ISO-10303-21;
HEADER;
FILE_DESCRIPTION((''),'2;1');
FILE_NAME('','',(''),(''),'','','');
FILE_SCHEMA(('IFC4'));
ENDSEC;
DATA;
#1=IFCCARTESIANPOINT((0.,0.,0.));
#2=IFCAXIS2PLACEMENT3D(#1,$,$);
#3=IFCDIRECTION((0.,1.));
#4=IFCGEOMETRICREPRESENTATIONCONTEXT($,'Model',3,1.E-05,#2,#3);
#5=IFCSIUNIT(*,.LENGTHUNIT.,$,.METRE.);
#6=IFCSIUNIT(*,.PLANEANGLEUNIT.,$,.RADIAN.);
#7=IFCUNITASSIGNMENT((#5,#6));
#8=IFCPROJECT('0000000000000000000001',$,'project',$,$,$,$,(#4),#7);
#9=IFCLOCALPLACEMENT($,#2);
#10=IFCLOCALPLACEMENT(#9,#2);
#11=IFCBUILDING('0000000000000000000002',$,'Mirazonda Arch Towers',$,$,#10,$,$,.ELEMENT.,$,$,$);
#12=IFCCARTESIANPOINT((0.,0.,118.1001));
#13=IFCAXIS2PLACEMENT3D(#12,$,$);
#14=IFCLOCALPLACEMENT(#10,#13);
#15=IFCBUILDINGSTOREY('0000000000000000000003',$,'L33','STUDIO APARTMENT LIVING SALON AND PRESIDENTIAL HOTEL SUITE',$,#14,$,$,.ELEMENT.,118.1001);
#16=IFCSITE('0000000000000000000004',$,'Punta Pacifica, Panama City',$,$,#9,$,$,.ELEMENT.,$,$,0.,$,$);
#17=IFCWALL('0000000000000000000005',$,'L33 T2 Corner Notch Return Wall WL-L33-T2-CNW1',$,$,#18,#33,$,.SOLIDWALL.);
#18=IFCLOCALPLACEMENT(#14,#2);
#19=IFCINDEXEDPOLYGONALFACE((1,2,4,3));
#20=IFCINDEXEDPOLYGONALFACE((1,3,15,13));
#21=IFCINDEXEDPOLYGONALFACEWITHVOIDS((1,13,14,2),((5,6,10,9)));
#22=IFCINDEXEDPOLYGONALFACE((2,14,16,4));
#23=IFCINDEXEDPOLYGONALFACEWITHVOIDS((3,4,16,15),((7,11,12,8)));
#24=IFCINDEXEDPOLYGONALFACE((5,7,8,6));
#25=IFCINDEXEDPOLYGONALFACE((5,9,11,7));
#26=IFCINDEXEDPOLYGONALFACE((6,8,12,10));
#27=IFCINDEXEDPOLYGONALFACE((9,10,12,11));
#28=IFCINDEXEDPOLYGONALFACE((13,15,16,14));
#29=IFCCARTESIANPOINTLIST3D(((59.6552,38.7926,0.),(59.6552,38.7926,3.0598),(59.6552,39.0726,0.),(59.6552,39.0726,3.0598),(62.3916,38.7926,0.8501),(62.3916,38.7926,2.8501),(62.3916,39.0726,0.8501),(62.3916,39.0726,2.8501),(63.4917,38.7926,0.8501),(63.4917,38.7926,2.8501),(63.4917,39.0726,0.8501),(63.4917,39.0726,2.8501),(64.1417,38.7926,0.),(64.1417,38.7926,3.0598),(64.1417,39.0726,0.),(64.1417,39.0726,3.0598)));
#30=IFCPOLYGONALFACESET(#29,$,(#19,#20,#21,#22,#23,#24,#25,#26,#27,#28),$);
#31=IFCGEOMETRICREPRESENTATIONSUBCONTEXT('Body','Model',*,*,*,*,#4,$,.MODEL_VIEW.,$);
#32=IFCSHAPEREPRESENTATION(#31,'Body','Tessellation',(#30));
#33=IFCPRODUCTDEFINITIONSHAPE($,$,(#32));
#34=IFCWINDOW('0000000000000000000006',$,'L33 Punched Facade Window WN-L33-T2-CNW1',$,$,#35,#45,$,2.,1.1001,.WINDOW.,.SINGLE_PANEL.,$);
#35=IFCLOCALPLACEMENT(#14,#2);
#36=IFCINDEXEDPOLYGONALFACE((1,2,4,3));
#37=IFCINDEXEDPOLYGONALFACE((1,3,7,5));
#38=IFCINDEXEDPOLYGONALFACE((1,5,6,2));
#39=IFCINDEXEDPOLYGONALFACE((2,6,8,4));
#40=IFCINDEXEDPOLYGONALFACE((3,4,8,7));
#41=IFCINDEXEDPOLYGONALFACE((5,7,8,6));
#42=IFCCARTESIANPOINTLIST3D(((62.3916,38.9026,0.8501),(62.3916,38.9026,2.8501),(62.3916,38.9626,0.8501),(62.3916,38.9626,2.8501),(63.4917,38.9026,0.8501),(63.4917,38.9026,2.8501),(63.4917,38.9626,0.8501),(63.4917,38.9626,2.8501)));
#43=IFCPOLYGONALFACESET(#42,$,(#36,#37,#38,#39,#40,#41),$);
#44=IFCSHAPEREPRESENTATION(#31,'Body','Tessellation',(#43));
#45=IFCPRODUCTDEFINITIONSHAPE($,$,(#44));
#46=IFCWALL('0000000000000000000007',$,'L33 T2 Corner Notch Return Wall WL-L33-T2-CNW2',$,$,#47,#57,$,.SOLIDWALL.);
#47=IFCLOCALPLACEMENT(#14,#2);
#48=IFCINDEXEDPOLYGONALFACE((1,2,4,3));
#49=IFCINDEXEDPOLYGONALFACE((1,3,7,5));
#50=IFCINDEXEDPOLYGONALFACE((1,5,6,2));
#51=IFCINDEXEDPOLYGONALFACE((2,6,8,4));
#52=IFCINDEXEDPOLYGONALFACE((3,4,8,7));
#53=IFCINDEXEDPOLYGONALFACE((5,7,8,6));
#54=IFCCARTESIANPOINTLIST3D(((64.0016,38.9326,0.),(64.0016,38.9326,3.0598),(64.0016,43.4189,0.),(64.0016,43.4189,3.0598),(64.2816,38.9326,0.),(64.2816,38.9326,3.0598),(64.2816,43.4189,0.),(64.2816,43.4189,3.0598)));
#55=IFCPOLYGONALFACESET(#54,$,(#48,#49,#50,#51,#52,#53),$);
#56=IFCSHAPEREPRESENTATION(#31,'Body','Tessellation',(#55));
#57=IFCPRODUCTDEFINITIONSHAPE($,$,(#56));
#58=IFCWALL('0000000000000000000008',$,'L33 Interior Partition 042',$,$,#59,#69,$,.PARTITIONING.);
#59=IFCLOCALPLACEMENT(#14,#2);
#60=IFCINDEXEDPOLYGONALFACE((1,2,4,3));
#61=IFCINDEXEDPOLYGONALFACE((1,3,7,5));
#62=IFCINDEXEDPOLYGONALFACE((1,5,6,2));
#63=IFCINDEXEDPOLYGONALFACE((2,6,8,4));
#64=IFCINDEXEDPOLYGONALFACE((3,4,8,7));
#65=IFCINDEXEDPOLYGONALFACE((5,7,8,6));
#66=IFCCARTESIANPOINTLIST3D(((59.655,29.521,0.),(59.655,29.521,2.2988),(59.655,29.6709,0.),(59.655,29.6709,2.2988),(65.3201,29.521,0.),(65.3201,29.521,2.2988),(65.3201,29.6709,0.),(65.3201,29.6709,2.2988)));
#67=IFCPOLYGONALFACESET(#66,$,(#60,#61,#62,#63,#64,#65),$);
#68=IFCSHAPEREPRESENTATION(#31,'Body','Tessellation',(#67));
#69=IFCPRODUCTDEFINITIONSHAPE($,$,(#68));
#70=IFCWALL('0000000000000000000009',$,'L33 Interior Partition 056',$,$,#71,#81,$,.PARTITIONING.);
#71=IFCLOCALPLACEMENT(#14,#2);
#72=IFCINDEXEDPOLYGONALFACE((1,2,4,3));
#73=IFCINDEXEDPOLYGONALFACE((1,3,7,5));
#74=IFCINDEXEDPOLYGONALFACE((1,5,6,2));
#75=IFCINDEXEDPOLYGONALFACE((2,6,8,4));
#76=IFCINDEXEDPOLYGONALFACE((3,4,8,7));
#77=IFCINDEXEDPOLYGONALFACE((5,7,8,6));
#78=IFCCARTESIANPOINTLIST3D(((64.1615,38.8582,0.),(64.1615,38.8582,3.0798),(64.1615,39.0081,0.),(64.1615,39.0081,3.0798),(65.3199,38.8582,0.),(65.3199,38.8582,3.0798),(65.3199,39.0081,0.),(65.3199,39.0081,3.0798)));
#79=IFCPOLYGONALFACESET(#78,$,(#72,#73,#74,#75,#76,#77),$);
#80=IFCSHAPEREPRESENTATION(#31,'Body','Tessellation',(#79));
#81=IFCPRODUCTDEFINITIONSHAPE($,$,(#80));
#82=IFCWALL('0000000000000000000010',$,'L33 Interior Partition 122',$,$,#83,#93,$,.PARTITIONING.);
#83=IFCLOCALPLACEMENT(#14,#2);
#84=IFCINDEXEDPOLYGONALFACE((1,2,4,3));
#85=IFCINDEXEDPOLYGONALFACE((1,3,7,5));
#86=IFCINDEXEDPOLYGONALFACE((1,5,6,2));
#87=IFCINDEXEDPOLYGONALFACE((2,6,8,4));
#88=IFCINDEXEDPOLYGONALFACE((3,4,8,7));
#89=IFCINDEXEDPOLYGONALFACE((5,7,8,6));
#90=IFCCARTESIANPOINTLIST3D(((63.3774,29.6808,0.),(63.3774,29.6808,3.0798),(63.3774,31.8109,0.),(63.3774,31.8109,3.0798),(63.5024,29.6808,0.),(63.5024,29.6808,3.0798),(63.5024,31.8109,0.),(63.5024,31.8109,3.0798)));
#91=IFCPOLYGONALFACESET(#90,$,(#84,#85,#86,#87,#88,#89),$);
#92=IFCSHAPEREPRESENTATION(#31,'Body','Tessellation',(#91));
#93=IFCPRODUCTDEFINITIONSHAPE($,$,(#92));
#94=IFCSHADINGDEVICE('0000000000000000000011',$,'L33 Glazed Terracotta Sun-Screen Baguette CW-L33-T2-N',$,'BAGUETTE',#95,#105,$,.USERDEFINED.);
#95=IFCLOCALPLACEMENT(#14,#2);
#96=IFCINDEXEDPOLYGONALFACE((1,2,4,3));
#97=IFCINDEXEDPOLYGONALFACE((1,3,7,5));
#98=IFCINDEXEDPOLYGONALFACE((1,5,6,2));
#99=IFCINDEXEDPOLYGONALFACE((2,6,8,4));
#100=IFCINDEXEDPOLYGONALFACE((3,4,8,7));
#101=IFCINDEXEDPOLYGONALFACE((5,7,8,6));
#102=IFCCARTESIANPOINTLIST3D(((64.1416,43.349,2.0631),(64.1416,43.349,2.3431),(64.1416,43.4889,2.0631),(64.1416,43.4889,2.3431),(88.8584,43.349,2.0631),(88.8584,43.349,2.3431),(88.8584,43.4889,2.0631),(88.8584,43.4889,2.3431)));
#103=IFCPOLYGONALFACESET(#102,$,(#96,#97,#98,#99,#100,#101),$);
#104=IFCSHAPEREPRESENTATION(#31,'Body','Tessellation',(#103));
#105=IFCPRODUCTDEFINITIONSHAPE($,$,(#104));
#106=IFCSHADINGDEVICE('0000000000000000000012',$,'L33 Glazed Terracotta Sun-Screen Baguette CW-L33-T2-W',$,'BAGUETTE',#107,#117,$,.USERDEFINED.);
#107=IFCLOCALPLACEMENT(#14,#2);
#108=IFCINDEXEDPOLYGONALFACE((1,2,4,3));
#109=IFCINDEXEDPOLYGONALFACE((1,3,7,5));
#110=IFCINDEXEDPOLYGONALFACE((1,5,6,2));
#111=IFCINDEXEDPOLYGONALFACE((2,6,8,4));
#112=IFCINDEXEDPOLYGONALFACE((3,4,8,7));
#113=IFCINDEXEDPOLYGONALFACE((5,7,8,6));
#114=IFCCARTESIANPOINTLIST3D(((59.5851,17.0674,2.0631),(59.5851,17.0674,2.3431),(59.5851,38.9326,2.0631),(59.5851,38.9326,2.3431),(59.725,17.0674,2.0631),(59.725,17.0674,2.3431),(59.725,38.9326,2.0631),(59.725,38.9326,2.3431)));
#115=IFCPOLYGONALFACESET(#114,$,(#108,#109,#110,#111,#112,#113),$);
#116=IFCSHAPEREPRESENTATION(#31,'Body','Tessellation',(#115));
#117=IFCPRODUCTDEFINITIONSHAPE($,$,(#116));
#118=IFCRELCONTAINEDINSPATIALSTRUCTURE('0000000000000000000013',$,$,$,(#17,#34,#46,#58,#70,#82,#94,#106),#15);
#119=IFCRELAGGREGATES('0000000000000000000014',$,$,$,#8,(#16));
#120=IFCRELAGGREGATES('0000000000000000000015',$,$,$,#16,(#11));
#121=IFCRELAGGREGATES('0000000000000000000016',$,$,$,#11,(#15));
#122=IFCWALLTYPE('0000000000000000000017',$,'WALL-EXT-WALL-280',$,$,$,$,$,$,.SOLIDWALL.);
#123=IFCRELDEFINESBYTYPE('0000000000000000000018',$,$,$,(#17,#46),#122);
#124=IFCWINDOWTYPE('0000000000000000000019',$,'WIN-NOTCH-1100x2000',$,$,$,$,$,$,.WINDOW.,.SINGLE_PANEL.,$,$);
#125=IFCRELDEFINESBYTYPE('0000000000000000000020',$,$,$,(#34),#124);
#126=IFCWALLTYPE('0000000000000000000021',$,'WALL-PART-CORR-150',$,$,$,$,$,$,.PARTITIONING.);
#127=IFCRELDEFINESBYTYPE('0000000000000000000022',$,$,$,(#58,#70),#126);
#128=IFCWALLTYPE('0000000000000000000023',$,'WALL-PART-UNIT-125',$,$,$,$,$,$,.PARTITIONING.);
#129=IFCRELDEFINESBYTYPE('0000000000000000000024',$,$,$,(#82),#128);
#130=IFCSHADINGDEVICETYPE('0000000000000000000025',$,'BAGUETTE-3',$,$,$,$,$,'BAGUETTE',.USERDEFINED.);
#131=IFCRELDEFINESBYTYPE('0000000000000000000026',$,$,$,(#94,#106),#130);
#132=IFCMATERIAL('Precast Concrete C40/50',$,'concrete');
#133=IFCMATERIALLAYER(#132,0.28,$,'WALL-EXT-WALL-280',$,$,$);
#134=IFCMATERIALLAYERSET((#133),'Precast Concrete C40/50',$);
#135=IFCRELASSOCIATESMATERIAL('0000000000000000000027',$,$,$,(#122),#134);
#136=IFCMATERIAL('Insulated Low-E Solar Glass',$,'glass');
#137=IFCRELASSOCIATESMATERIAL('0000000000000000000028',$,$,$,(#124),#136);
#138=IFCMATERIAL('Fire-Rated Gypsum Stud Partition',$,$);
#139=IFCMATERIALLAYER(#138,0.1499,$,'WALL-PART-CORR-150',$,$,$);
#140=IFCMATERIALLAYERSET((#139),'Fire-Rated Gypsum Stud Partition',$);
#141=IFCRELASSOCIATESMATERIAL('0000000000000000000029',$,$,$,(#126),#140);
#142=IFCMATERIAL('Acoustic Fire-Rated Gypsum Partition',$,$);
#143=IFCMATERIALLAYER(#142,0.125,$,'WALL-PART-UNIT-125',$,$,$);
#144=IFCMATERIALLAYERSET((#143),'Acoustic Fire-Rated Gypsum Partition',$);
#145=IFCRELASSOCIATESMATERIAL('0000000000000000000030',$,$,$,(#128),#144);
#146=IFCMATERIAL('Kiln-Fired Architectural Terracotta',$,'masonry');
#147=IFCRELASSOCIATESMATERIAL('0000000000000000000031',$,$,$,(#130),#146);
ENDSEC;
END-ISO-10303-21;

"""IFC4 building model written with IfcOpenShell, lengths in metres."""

from ifc_helpers import new_model, si_unit, direction, frame, frame_2d, origin, origin_2d, place, context, subcontext, project, spatial, rectangle, extrude, material, layer, layer_set, material_profile, profile_set, type_object, element, fill, save


model = new_model("IFC4")

# Units and contexts
model_context = context("Model", 3, precision=1e-05, world=origin(), true_north=direction((0.0, 1.0)))
body_context = subcontext(model_context, "Body", "Model", "MODEL_VIEW")
ifc_project = project(units=[si_unit("LENGTHUNIT", "METRE"), si_unit("PLANEANGLEUNIT", "RADIAN")], contexts=[model_context])

# Site, building, storey
site_placement = place(None, origin())
site = spatial("IfcSite", under=ifc_project, at=site_placement, Name="Punta Pacifica, Panama City", CompositionType="ELEMENT", RefElevation=0.0)
building_placement = place(site_placement, origin())
building = spatial("IfcBuilding", under=site, at=building_placement, Name="Mirazonda Arch Towers", CompositionType="ELEMENT")
storey_placement = place(building_placement, frame((0.0, 0.0, 118.1001)))
storey = spatial("IfcBuildingStorey", under=building, at=storey_placement, Name="L33", Description="STUDIO APARTMENT LIVING SALON AND PRESIDENTIAL HOTEL SUITE", CompositionType="ELEMENT", Elevation=118.1001)

# Shared definitions
ifc_material_1 = material(Name="Insulated Low-E Solar Glass", Category="glass")

# Wall, opening, window
ifc_material_2 = material(Name="Precast Concrete C40/50", Category="concrete")
ifc_layer_1 = layer(ifc_material_2, 0.28, Name="WALL-EXT-WALL-280")
ifc_layer_set_1 = layer_set([ifc_layer_1], Name="Precast Concrete C40/50")
wall_type_1 = type_object("IfcWallType", Name="WALL-EXT-WALL-280", PredefinedType="SOLIDWALL", material=ifc_layer_set_1)
window_type = type_object("IfcWindowType", Name="WIN-NOTCH-1100x2000", PartitioningType="SINGLE_PANEL", PredefinedType="WINDOW", material=ifc_material_1)
wall_1_placement = place(storey_placement, frame((64.1416, 38.9326, 0.0), z_axis=(0.0, 0.0, 1.0), x_axis=(-1.0, 0.0, 0.0)))
wall_1 = element("IfcWall", 1, at=wall_1_placement, inside=storey, type_object=wall_type_1, Name="L33 T2 Corner Notch Return Wall WL-L33-T2-CNW1", PredefinedType="SOLIDWALL", context=body_context, shape_type="SweptSolid", body=[
    extrude(rectangle(XDim=4.4866, YDim=0.28, at=frame_2d((2.2432, 0.0))), origin(), (0.0, 0.0, 1.0), 3.0598),
])
opening_1_placement = place(wall_1_placement, frame((0.6499, 0.0, 0.8501)))
opening_1 = element("IfcOpeningElement", 2, at=opening_1_placement, cuts=wall_1, PredefinedType="OPENING", context=body_context, shape_type="SweptSolid", body=[
    extrude(rectangle(XDim=1.1001, YDim=2.0, at=frame_2d((0.55, 1.0))), frame((0.0, 0.1499, 0.0), z_axis=(0.0, -1.0, 0.0), x_axis=(1.0, 0.0, 0.0)), (0.0, 0.0, 1.0), 0.3),
])
window_1_placement = place(opening_1_placement, origin())
window_1 = element("IfcWindow", 3, at=window_1_placement, inside=storey, type_object=window_type, Name="L33 Punched Facade Window WN-L33-T2-CNW1", OverallHeight=2.0, OverallWidth=1.1001, PartitioningType="SINGLE_PANEL", PredefinedType="WINDOW", context=body_context, shape_type="SweptSolid", body=[
    extrude(rectangle(XDim=1.1001, YDim=2.0, at=frame_2d((0.55, 1.0))), frame((0.0, 0.03, 0.0), z_axis=(0.0, -1.0, 0.0), x_axis=(1.0, 0.0, 0.0)), (0.0, 0.0, 1.0), 0.0601),
])
fill(opening_1, window_1)

# Walls
wall_2_placement = place(storey_placement, frame((64.1416, 43.4189, 0.0), z_axis=(0.0, 0.0, 1.0), x_axis=(0.0, -1.0, 0.0)))
element("IfcWall", 4, at=wall_2_placement, inside=storey, type_object=wall_type_1, Name="L33 T2 Corner Notch Return Wall WL-L33-T2-CNW2", PredefinedType="SOLIDWALL", context=body_context, shape_type="SweptSolid", body=[
    extrude(rectangle(XDim=4.4863, YDim=0.28, at=frame_2d((2.2432, 0.0))), origin(), (0.0, 0.0, 1.0), 3.0598),
])
ifc_material_3 = material(Name="Fire-Rated Gypsum Stud Partition")
ifc_layer_2 = layer(ifc_material_3, 0.1499, Name="WALL-PART-CORR-150")
ifc_layer_set_2 = layer_set([ifc_layer_2], Name="Fire-Rated Gypsum Stud Partition")
wall_type_2 = type_object("IfcWallType", Name="WALL-PART-CORR-150", PredefinedType="PARTITIONING", material=ifc_layer_set_2)
wall_3_placement = place(storey_placement, frame((59.655, 29.5959, 0.0), z_axis=(0.0, 0.0, 1.0), x_axis=(1.0, 0.0, 0.0)))
element("IfcWall", 5, at=wall_3_placement, inside=storey, type_object=wall_type_2, Name="L33 Interior Partition 042", PredefinedType="PARTITIONING", context=body_context, shape_type="SweptSolid", body=[
    extrude(rectangle(XDim=5.665, YDim=0.1499, at=frame_2d((2.8325, 0.0))), origin(), (0.0, 0.0, 1.0), 2.2988),
])

# Walls
wall_4_placement = place(storey_placement, frame((64.1616, 38.9331, 0.0), z_axis=(0.0, 0.0, 1.0), x_axis=(1.0, 0.0, 0.0)))
element("IfcWall", 6, at=wall_4_placement, inside=storey, type_object=wall_type_2, Name="L33 Interior Partition 056", PredefinedType="PARTITIONING", context=body_context, shape_type="SweptSolid", body=[
    extrude(rectangle(XDim=1.1584, YDim=0.1499, at=frame_2d((0.5791, 0.0))), origin(), (0.0, 0.0, 1.0), 3.0798),
])
ifc_material_4 = material(Name="Acoustic Fire-Rated Gypsum Partition")
ifc_layer_3 = layer(ifc_material_4, 0.125, Name="WALL-PART-UNIT-125")
ifc_layer_set_3 = layer_set([ifc_layer_3], Name="Acoustic Fire-Rated Gypsum Partition")
wall_type_3 = type_object("IfcWallType", Name="WALL-PART-UNIT-125", PredefinedType="PARTITIONING", material=ifc_layer_set_3)
wall_5_placement = place(storey_placement, frame((63.4399, 29.6809, 0.0), z_axis=(0.0, 0.0, 1.0), x_axis=(0.0, 1.0, 0.0)))
element("IfcWall", 7, at=wall_5_placement, inside=storey, type_object=wall_type_3, Name="L33 Interior Partition 122", PredefinedType="PARTITIONING", context=body_context, shape_type="SweptSolid", body=[
    extrude(rectangle(XDim=2.1301, YDim=0.125, at=frame_2d((1.0649, 0.0))), origin(), (0.0, 0.0, 1.0), 3.0798),
])

# Shading devices
ifc_material_5 = material(Name="Kiln-Fired Architectural Terracotta", Category="masonry")
ifc_material_profile_1 = material_profile(ifc_material_5, rectangle(XDim=0.1399, YDim=0.28, at=origin_2d()), Name="TERRA-BAG-140x280")
ifc_profile_set_1 = profile_set([ifc_material_profile_1], Name="Kiln-Fired Architectural Terracotta")
shading_device_type = type_object("IfcShadingDeviceType", Name="BAGUETTE-3", ElementType="BAGUETTE", PredefinedType="USERDEFINED", material=ifc_profile_set_1)
shading_device_1_placement = place(storey_placement, frame((64.1416, 43.4189, 2.2031), z_axis=(1.0, 0.0, 0.0), x_axis=(0.0, 1.0, 0.0)))
element("IfcShadingDevice", 8, at=shading_device_1_placement, inside=storey, type_object=shading_device_type, Name="L33 Glazed Terracotta Sun-Screen Baguette CW-L33-T2-N", ObjectType="BAGUETTE", PredefinedType="USERDEFINED", context=body_context, shape_type="SweptSolid", body=[
    extrude(rectangle(XDim=0.1399, YDim=0.28, at=origin_2d()), origin(), (0.0, 0.0, 1.0), 24.7168),
])
shading_device_2_placement = place(storey_placement, frame((59.655, 38.9326, 2.2031), z_axis=(0.0, -1.0, 0.0), x_axis=(1.0, 0.0, 0.0)))
element("IfcShadingDevice", 9, at=shading_device_2_placement, inside=storey, type_object=shading_device_type, Name="L33 Glazed Terracotta Sun-Screen Baguette CW-L33-T2-W", ObjectType="BAGUETTE", PredefinedType="USERDEFINED", context=body_context, shape_type="SweptSolid", body=[
    extrude(rectangle(XDim=0.1399, YDim=0.28, at=origin_2d()), origin(), (0.0, 0.0, 1.0), 21.8652),
])

save(model, "model.ifc")
